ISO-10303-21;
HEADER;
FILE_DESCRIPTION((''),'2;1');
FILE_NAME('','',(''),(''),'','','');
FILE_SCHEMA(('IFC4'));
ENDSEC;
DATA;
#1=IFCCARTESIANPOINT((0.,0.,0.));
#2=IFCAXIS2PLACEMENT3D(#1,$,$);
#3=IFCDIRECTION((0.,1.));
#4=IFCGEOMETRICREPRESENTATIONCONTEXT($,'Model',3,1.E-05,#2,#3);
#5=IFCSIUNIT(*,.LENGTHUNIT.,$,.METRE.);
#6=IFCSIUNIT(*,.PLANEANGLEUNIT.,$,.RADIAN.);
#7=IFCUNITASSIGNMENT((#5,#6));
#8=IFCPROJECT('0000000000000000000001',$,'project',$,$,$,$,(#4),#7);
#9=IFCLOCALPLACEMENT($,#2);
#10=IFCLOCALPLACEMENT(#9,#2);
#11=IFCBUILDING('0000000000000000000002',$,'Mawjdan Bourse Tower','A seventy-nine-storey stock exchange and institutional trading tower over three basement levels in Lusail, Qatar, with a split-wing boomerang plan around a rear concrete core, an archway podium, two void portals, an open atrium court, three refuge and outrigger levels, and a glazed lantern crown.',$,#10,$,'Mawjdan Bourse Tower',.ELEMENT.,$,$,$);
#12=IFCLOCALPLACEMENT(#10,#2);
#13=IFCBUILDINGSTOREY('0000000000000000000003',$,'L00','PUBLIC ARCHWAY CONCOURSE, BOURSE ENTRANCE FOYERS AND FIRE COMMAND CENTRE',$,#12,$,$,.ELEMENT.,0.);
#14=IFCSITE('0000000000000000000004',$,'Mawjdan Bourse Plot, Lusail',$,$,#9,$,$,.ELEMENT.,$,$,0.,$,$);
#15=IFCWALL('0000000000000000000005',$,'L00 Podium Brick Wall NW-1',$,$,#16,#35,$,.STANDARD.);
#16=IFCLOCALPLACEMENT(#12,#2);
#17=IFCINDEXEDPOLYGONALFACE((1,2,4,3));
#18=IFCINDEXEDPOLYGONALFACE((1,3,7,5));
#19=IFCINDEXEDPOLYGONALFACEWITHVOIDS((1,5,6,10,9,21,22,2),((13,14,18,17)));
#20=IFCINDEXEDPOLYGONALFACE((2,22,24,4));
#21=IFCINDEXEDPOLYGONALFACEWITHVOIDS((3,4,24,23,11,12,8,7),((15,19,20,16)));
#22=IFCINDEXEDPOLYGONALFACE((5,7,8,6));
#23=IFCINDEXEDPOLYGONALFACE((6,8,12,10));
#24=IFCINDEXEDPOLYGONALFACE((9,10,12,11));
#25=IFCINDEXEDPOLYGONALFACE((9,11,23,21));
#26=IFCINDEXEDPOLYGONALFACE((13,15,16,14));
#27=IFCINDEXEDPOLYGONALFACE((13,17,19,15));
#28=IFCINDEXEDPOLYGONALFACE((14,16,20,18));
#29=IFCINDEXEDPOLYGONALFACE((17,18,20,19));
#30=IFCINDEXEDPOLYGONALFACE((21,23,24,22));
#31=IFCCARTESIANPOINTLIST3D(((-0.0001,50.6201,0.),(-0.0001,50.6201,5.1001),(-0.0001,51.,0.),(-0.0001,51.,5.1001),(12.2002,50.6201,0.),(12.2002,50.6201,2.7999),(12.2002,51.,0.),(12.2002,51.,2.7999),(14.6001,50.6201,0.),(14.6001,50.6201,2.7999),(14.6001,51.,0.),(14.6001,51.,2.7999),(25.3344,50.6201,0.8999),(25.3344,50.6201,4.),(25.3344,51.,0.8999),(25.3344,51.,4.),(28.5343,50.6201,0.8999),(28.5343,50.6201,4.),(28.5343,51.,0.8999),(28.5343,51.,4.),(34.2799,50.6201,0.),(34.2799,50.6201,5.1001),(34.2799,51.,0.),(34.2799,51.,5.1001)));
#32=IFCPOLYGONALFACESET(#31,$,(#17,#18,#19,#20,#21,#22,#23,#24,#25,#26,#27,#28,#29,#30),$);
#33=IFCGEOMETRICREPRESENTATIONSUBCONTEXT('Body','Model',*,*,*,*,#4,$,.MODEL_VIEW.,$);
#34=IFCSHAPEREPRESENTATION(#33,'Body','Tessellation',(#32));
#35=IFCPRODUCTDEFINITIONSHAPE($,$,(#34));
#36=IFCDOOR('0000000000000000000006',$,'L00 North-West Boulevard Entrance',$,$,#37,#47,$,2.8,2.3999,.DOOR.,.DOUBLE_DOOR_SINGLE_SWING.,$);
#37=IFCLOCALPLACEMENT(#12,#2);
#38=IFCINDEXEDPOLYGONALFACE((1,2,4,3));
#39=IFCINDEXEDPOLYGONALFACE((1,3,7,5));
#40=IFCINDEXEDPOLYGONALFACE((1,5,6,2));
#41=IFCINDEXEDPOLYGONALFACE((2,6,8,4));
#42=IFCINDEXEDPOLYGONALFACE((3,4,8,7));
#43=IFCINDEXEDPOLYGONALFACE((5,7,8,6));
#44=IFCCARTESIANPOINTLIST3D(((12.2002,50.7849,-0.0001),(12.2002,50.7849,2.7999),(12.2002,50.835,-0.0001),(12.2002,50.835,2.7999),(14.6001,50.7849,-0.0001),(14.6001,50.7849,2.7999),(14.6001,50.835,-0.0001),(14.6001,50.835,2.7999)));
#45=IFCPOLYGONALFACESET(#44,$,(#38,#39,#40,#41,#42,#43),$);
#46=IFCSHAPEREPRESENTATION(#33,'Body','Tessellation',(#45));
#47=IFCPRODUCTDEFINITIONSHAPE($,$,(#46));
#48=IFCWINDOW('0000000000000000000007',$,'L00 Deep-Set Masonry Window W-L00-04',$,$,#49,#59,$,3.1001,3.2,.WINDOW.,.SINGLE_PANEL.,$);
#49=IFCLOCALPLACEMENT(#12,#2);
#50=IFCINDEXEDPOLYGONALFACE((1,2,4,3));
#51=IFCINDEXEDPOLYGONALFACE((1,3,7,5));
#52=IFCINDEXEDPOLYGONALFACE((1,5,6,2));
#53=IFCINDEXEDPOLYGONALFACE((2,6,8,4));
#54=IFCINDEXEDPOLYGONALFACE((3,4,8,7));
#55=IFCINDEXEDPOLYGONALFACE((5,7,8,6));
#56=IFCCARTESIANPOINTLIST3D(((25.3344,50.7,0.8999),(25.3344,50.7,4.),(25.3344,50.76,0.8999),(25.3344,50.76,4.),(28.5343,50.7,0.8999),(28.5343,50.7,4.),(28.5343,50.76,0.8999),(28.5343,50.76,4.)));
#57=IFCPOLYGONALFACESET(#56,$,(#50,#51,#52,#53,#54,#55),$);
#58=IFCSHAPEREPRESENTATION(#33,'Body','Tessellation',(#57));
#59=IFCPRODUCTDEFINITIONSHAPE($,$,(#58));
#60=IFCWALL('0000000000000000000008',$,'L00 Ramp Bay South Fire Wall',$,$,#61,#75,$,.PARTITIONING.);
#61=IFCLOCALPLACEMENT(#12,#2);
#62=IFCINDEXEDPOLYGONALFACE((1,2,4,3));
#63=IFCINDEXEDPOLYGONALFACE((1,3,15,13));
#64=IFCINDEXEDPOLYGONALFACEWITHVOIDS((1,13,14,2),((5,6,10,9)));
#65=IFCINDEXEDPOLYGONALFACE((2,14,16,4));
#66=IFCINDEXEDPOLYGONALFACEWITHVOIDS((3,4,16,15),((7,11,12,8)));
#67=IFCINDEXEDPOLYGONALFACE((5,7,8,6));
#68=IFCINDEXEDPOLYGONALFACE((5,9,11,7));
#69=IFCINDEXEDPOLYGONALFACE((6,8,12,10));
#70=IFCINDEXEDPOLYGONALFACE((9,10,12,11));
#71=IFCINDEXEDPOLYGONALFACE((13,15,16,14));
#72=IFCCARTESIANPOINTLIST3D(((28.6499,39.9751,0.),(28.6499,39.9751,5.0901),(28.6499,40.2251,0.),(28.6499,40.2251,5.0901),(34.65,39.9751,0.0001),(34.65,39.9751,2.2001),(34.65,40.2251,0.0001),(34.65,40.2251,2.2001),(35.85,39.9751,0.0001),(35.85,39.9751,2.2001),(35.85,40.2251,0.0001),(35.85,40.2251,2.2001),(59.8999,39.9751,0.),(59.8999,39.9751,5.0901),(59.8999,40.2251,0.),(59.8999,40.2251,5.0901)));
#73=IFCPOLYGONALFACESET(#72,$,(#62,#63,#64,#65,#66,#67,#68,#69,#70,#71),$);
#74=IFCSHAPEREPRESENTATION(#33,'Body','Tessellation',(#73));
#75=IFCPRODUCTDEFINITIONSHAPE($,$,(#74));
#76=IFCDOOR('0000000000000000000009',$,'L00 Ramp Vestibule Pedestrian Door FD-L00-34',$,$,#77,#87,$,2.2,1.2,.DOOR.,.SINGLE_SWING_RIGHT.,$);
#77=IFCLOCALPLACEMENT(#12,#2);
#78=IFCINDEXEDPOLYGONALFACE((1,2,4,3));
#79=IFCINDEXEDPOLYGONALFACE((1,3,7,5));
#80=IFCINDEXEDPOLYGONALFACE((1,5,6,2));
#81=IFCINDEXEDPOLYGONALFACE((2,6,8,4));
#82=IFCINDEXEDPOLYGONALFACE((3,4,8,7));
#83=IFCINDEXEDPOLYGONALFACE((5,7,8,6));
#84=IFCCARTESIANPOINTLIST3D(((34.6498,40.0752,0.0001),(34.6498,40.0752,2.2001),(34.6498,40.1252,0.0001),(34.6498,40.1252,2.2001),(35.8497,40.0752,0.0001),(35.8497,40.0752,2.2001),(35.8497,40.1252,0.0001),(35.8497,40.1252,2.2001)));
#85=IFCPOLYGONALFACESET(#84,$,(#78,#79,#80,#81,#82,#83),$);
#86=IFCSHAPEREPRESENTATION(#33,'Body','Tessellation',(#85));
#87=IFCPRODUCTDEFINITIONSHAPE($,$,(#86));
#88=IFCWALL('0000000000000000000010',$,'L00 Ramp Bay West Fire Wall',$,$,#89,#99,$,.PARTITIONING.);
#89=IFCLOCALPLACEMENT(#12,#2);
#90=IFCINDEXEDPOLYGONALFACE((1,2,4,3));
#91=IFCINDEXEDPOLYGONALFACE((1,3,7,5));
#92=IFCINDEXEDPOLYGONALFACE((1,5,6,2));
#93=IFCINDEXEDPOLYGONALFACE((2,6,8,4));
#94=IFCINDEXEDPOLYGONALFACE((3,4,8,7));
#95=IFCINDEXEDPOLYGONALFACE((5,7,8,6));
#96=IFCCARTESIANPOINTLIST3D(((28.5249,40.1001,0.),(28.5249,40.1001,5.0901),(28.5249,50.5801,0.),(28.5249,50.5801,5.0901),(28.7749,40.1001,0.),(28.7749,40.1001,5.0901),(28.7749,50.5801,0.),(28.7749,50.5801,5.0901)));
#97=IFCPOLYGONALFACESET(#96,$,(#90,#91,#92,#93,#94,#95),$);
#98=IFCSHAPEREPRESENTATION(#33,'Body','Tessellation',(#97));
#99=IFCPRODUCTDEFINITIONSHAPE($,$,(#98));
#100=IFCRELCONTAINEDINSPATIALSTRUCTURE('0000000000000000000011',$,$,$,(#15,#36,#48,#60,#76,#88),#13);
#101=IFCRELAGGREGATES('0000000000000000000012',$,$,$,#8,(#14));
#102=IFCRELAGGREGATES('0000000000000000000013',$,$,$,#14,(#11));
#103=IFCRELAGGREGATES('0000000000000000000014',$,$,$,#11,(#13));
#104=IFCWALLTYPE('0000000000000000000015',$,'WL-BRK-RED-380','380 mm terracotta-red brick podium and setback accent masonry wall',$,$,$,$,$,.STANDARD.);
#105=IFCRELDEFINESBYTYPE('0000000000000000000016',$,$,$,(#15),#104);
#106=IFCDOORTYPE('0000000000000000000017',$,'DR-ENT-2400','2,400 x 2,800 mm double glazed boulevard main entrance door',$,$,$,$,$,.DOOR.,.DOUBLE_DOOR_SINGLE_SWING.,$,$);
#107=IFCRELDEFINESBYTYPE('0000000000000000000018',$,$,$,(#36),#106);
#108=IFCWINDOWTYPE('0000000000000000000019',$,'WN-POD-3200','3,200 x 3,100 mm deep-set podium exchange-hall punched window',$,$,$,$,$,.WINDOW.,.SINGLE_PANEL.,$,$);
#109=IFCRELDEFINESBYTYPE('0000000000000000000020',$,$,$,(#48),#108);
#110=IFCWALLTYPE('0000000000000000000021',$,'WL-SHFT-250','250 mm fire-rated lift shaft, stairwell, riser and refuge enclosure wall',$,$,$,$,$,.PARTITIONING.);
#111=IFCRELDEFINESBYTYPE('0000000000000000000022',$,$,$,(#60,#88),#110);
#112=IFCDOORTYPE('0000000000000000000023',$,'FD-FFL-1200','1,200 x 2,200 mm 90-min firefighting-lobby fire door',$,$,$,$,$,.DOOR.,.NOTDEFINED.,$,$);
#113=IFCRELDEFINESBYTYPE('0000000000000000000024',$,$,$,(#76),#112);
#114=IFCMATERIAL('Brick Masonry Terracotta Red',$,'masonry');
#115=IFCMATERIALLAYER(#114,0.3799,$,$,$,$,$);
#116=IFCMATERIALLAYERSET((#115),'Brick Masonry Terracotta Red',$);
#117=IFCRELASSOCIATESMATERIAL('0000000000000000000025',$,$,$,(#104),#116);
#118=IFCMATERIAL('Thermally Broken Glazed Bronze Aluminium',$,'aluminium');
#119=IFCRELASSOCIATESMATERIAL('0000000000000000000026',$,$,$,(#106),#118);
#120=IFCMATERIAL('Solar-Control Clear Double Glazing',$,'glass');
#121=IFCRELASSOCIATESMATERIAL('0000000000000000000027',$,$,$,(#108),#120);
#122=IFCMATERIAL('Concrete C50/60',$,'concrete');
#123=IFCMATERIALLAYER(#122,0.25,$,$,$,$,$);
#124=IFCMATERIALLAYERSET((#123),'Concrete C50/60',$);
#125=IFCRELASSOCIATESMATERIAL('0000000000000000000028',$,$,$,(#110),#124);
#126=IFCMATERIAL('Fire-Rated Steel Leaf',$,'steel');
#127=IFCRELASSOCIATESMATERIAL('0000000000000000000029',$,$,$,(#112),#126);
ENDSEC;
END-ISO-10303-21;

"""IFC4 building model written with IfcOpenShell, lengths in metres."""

from ifc_helpers import new_model, si_unit, direction, frame, frame_2d, origin, place, context, subcontext, project, spatial, rectangle, extrude, material, layer, layer_set, type_object, element, fill, save


model = new_model("IFC4")

# Units and contexts
model_context = context("Model", 3, precision=1e-05, world=origin(), true_north=direction((0.0, 1.0)))
body_context = subcontext(model_context, "Body", "Model", "MODEL_VIEW")
ifc_project = project(units=[si_unit("LENGTHUNIT", "METRE"), si_unit("PLANEANGLEUNIT", "RADIAN")], contexts=[model_context])

# Site, building, storey
site_placement = place(None, origin())
site = spatial("IfcSite", under=ifc_project, at=site_placement, Name="Mawjdan Bourse Plot, Lusail", CompositionType="ELEMENT", RefElevation=0.0)
building_placement = place(site_placement, origin())
building = spatial("IfcBuilding", under=site, at=building_placement, Name="Mawjdan Bourse Tower", Description="A seventy-nine-storey stock exchange and institutional trading tower over three basement levels in Lusail, Qatar, with a split-wing boomerang plan around a rear concrete core, an archway podium, two void portals, an open atrium court, three refuge and outrigger levels, and a glazed lantern crown.", LongName="Mawjdan Bourse Tower", CompositionType="ELEMENT")
storey_placement = place(building_placement, origin())
storey = spatial("IfcBuildingStorey", under=building, at=storey_placement, Name="L00", Description="PUBLIC ARCHWAY CONCOURSE, BOURSE ENTRANCE FOYERS AND FIRE COMMAND CENTRE", CompositionType="ELEMENT", Elevation=0.0)

# Wall, openings, door, window
ifc_material_1 = material(Name="Brick Masonry Terracotta Red", Category="masonry")
ifc_layer_1 = layer(ifc_material_1, 0.3799)
ifc_layer_set_1 = layer_set([ifc_layer_1], Name="Brick Masonry Terracotta Red")
wall_type_1 = type_object("IfcWallType", Name="WL-BRK-RED-380", Description="380 mm terracotta-red brick podium and setback accent masonry wall", PredefinedType="STANDARD", material=ifc_layer_set_1)
wall_1_placement = place(storey_placement, frame((34.28, 50.8101, 0.0), z_axis=(0.0, 0.0, 1.0), x_axis=(-1.0, 0.0, 0.0)))
wall_1 = element("IfcWall", 1, at=wall_1_placement, inside=storey, type_object=wall_type_1, Name="L00 Podium Brick Wall NW-1", PredefinedType="STANDARD", context=body_context, shape_type="SweptSolid", body=[
    extrude(rectangle(XDim=34.28, YDim=0.3799, at=frame_2d((17.1401, 0.0))), origin(), (0.0, 0.0, 1.0), 5.1001),
])
opening_1_placement = place(wall_1_placement, frame((19.6799, 0.0, 0.0)))
opening_1 = element("IfcOpeningElement", 2, at=opening_1_placement, cuts=wall_1, PredefinedType="OPENING", context=body_context, shape_type="SweptSolid", body=[
    extrude(rectangle(XDim=2.3999, YDim=2.8, at=frame_2d((1.2, 1.3999))), frame((0.0, 0.2, 0.0), z_axis=(0.0, -1.0, 0.0), x_axis=(1.0, 0.0, 0.0)), (0.0, 0.0, 1.0), 0.3999),
])
opening_2_placement = place(wall_1_placement, frame((5.7456, 0.0, 0.8999)))
opening_2 = element("IfcOpeningElement", 3, at=opening_2_placement, cuts=wall_1, PredefinedType="OPENING", context=body_context, shape_type="SweptSolid", body=[
    extrude(rectangle(XDim=3.2, YDim=3.1001, at=frame_2d((1.6001, 1.55))), frame((0.0, 0.2, 0.0), z_axis=(0.0, -1.0, 0.0), x_axis=(1.0, 0.0, 0.0)), (0.0, 0.0, 1.0), 0.3999),
])
ifc_material_2 = material(Name="Thermally Broken Glazed Bronze Aluminium", Category="aluminium")
door_type_1 = type_object("IfcDoorType", Name="DR-ENT-2400", Description="2,400 x 2,800 mm double glazed boulevard main entrance door", OperationType="DOUBLE_DOOR_SINGLE_SWING", PredefinedType="DOOR", material=ifc_material_2)
door_1_placement = place(opening_1_placement, frame((2.3999, 0.0, 0.0), z_axis=(0.0, 0.0, 1.0), x_axis=(-1.0, 0.0, 0.0)))
door_1 = element("IfcDoor", 4, at=door_1_placement, inside=storey, type_object=door_type_1, Name="L00 North-West Boulevard Entrance", OperationType="DOUBLE_DOOR_SINGLE_SWING", OverallHeight=2.8, OverallWidth=2.3999, PredefinedType="DOOR", context=body_context, shape_type="SweptSolid", body=[
    extrude(rectangle(XDim=2.3999, YDim=2.8, at=frame_2d((1.2, 1.3999))), frame((0.0, 0.0249, 0.0), z_axis=(0.0, -1.0, 0.0), x_axis=(1.0, 0.0, 0.0)), (0.0, 0.0, 1.0), 0.05),
])
fill(opening_1, door_1)
ifc_material_3 = material(Name="Solar-Control Clear Double Glazing", Category="glass")
window_type = type_object("IfcWindowType", Name="WN-POD-3200", Description="3,200 x 3,100 mm deep-set podium exchange-hall punched window", PartitioningType="SINGLE_PANEL", PredefinedType="WINDOW", material=ifc_material_3)
window_placement = place(opening_2_placement, origin())
window = element("IfcWindow", 5, at=window_placement, inside=storey, type_object=window_type, Name="L00 Deep-Set Masonry Window W-L00-04", OverallHeight=3.1001, OverallWidth=3.2, PartitioningType="SINGLE_PANEL", PredefinedType="WINDOW", context=body_context, shape_type="SweptSolid", body=[
    extrude(rectangle(XDim=3.2, YDim=3.1001, at=frame_2d((1.6001, 1.55))), frame((0.0, 0.1101, 0.0), z_axis=(0.0, -1.0, 0.0), x_axis=(1.0, 0.0, 0.0)), (0.0, 0.0, 1.0), 0.0601),
])
fill(opening_2, window)

# Wall, opening, door
ifc_material_4 = material(Name="Concrete C50/60", Category="concrete")
ifc_layer_2 = layer(ifc_material_4, 0.25)
ifc_layer_set_2 = layer_set([ifc_layer_2], Name="Concrete C50/60")
wall_type_2 = type_object("IfcWallType", Name="WL-SHFT-250", Description="250 mm fire-rated lift shaft, stairwell, riser and refuge enclosure wall", PredefinedType="PARTITIONING", material=ifc_layer_set_2)
wall_2_placement = place(storey_placement, frame((28.6499, 40.1001, 0.0), z_axis=(0.0, 0.0, 1.0), x_axis=(1.0, 0.0, 0.0)))
wall_2 = element("IfcWall", 6, at=wall_2_placement, inside=storey, type_object=wall_type_2, Name="L00 Ramp Bay South Fire Wall", PredefinedType="PARTITIONING", context=body_context, shape_type="SweptSolid", body=[
    extrude(rectangle(XDim=31.25, YDim=0.25, at=frame_2d((15.625, 0.0))), origin(), (0.0, 0.0, 1.0), 5.0901),
])
opening_3_placement = place(wall_2_placement, frame((6.0, 0.0, 0.0)))
opening_3 = element("IfcOpeningElement", 7, at=opening_3_placement, cuts=wall_2, PredefinedType="OPENING", context=body_context, shape_type="SweptSolid", body=[
    extrude(rectangle(XDim=1.2, YDim=2.2, at=frame_2d((0.6001, 1.1001))), frame((0.0, 0.135, 0.0), z_axis=(0.0, -1.0, 0.0), x_axis=(1.0, 0.0, 0.0)), (0.0, 0.0, 1.0), 0.27),
])
ifc_material_5 = material(Name="Fire-Rated Steel Leaf", Category="steel")
door_type_2 = type_object("IfcDoorType", Name="FD-FFL-1200", Description="1,200 x 2,200 mm 90-min firefighting-lobby fire door", OperationType="NOTDEFINED", PredefinedType="DOOR", material=ifc_material_5)
door_2_placement = place(opening_3_placement, frame((1.2, 0.0, 0.0), z_axis=(0.0, 0.0, 1.0), x_axis=(-1.0, 0.0, 0.0)))
door_2 = element("IfcDoor", 8, at=door_2_placement, inside=storey, type_object=door_type_2, Name="L00 Ramp Vestibule Pedestrian Door FD-L00-34", OperationType="SINGLE_SWING_RIGHT", OverallHeight=2.2, OverallWidth=1.2, PredefinedType="DOOR", context=body_context, shape_type="SweptSolid", body=[
    extrude(rectangle(XDim=1.2, YDim=2.2, at=frame_2d((0.6001, 1.1001))), frame((0.0, 0.0249, 0.0), z_axis=(0.0, -1.0, 0.0), x_axis=(1.0, 0.0, 0.0)), (0.0, 0.0, 1.0), 0.05),
])
fill(opening_3, door_2)

# Wall
wall_3_placement = place(storey_placement, frame((28.6499, 40.1001, 0.0), z_axis=(0.0, 0.0, 1.0), x_axis=(0.0, 1.0, 0.0)))
element("IfcWall", 9, at=wall_3_placement, inside=storey, type_object=wall_type_2, Name="L00 Ramp Bay West Fire Wall", PredefinedType="PARTITIONING", context=body_context, shape_type="SweptSolid", body=[
    extrude(rectangle(XDim=10.48, YDim=0.25, at=frame_2d((5.24, 0.0))), origin(), (0.0, 0.0, 1.0), 5.0901),
])

save(model, "model.ifc")
